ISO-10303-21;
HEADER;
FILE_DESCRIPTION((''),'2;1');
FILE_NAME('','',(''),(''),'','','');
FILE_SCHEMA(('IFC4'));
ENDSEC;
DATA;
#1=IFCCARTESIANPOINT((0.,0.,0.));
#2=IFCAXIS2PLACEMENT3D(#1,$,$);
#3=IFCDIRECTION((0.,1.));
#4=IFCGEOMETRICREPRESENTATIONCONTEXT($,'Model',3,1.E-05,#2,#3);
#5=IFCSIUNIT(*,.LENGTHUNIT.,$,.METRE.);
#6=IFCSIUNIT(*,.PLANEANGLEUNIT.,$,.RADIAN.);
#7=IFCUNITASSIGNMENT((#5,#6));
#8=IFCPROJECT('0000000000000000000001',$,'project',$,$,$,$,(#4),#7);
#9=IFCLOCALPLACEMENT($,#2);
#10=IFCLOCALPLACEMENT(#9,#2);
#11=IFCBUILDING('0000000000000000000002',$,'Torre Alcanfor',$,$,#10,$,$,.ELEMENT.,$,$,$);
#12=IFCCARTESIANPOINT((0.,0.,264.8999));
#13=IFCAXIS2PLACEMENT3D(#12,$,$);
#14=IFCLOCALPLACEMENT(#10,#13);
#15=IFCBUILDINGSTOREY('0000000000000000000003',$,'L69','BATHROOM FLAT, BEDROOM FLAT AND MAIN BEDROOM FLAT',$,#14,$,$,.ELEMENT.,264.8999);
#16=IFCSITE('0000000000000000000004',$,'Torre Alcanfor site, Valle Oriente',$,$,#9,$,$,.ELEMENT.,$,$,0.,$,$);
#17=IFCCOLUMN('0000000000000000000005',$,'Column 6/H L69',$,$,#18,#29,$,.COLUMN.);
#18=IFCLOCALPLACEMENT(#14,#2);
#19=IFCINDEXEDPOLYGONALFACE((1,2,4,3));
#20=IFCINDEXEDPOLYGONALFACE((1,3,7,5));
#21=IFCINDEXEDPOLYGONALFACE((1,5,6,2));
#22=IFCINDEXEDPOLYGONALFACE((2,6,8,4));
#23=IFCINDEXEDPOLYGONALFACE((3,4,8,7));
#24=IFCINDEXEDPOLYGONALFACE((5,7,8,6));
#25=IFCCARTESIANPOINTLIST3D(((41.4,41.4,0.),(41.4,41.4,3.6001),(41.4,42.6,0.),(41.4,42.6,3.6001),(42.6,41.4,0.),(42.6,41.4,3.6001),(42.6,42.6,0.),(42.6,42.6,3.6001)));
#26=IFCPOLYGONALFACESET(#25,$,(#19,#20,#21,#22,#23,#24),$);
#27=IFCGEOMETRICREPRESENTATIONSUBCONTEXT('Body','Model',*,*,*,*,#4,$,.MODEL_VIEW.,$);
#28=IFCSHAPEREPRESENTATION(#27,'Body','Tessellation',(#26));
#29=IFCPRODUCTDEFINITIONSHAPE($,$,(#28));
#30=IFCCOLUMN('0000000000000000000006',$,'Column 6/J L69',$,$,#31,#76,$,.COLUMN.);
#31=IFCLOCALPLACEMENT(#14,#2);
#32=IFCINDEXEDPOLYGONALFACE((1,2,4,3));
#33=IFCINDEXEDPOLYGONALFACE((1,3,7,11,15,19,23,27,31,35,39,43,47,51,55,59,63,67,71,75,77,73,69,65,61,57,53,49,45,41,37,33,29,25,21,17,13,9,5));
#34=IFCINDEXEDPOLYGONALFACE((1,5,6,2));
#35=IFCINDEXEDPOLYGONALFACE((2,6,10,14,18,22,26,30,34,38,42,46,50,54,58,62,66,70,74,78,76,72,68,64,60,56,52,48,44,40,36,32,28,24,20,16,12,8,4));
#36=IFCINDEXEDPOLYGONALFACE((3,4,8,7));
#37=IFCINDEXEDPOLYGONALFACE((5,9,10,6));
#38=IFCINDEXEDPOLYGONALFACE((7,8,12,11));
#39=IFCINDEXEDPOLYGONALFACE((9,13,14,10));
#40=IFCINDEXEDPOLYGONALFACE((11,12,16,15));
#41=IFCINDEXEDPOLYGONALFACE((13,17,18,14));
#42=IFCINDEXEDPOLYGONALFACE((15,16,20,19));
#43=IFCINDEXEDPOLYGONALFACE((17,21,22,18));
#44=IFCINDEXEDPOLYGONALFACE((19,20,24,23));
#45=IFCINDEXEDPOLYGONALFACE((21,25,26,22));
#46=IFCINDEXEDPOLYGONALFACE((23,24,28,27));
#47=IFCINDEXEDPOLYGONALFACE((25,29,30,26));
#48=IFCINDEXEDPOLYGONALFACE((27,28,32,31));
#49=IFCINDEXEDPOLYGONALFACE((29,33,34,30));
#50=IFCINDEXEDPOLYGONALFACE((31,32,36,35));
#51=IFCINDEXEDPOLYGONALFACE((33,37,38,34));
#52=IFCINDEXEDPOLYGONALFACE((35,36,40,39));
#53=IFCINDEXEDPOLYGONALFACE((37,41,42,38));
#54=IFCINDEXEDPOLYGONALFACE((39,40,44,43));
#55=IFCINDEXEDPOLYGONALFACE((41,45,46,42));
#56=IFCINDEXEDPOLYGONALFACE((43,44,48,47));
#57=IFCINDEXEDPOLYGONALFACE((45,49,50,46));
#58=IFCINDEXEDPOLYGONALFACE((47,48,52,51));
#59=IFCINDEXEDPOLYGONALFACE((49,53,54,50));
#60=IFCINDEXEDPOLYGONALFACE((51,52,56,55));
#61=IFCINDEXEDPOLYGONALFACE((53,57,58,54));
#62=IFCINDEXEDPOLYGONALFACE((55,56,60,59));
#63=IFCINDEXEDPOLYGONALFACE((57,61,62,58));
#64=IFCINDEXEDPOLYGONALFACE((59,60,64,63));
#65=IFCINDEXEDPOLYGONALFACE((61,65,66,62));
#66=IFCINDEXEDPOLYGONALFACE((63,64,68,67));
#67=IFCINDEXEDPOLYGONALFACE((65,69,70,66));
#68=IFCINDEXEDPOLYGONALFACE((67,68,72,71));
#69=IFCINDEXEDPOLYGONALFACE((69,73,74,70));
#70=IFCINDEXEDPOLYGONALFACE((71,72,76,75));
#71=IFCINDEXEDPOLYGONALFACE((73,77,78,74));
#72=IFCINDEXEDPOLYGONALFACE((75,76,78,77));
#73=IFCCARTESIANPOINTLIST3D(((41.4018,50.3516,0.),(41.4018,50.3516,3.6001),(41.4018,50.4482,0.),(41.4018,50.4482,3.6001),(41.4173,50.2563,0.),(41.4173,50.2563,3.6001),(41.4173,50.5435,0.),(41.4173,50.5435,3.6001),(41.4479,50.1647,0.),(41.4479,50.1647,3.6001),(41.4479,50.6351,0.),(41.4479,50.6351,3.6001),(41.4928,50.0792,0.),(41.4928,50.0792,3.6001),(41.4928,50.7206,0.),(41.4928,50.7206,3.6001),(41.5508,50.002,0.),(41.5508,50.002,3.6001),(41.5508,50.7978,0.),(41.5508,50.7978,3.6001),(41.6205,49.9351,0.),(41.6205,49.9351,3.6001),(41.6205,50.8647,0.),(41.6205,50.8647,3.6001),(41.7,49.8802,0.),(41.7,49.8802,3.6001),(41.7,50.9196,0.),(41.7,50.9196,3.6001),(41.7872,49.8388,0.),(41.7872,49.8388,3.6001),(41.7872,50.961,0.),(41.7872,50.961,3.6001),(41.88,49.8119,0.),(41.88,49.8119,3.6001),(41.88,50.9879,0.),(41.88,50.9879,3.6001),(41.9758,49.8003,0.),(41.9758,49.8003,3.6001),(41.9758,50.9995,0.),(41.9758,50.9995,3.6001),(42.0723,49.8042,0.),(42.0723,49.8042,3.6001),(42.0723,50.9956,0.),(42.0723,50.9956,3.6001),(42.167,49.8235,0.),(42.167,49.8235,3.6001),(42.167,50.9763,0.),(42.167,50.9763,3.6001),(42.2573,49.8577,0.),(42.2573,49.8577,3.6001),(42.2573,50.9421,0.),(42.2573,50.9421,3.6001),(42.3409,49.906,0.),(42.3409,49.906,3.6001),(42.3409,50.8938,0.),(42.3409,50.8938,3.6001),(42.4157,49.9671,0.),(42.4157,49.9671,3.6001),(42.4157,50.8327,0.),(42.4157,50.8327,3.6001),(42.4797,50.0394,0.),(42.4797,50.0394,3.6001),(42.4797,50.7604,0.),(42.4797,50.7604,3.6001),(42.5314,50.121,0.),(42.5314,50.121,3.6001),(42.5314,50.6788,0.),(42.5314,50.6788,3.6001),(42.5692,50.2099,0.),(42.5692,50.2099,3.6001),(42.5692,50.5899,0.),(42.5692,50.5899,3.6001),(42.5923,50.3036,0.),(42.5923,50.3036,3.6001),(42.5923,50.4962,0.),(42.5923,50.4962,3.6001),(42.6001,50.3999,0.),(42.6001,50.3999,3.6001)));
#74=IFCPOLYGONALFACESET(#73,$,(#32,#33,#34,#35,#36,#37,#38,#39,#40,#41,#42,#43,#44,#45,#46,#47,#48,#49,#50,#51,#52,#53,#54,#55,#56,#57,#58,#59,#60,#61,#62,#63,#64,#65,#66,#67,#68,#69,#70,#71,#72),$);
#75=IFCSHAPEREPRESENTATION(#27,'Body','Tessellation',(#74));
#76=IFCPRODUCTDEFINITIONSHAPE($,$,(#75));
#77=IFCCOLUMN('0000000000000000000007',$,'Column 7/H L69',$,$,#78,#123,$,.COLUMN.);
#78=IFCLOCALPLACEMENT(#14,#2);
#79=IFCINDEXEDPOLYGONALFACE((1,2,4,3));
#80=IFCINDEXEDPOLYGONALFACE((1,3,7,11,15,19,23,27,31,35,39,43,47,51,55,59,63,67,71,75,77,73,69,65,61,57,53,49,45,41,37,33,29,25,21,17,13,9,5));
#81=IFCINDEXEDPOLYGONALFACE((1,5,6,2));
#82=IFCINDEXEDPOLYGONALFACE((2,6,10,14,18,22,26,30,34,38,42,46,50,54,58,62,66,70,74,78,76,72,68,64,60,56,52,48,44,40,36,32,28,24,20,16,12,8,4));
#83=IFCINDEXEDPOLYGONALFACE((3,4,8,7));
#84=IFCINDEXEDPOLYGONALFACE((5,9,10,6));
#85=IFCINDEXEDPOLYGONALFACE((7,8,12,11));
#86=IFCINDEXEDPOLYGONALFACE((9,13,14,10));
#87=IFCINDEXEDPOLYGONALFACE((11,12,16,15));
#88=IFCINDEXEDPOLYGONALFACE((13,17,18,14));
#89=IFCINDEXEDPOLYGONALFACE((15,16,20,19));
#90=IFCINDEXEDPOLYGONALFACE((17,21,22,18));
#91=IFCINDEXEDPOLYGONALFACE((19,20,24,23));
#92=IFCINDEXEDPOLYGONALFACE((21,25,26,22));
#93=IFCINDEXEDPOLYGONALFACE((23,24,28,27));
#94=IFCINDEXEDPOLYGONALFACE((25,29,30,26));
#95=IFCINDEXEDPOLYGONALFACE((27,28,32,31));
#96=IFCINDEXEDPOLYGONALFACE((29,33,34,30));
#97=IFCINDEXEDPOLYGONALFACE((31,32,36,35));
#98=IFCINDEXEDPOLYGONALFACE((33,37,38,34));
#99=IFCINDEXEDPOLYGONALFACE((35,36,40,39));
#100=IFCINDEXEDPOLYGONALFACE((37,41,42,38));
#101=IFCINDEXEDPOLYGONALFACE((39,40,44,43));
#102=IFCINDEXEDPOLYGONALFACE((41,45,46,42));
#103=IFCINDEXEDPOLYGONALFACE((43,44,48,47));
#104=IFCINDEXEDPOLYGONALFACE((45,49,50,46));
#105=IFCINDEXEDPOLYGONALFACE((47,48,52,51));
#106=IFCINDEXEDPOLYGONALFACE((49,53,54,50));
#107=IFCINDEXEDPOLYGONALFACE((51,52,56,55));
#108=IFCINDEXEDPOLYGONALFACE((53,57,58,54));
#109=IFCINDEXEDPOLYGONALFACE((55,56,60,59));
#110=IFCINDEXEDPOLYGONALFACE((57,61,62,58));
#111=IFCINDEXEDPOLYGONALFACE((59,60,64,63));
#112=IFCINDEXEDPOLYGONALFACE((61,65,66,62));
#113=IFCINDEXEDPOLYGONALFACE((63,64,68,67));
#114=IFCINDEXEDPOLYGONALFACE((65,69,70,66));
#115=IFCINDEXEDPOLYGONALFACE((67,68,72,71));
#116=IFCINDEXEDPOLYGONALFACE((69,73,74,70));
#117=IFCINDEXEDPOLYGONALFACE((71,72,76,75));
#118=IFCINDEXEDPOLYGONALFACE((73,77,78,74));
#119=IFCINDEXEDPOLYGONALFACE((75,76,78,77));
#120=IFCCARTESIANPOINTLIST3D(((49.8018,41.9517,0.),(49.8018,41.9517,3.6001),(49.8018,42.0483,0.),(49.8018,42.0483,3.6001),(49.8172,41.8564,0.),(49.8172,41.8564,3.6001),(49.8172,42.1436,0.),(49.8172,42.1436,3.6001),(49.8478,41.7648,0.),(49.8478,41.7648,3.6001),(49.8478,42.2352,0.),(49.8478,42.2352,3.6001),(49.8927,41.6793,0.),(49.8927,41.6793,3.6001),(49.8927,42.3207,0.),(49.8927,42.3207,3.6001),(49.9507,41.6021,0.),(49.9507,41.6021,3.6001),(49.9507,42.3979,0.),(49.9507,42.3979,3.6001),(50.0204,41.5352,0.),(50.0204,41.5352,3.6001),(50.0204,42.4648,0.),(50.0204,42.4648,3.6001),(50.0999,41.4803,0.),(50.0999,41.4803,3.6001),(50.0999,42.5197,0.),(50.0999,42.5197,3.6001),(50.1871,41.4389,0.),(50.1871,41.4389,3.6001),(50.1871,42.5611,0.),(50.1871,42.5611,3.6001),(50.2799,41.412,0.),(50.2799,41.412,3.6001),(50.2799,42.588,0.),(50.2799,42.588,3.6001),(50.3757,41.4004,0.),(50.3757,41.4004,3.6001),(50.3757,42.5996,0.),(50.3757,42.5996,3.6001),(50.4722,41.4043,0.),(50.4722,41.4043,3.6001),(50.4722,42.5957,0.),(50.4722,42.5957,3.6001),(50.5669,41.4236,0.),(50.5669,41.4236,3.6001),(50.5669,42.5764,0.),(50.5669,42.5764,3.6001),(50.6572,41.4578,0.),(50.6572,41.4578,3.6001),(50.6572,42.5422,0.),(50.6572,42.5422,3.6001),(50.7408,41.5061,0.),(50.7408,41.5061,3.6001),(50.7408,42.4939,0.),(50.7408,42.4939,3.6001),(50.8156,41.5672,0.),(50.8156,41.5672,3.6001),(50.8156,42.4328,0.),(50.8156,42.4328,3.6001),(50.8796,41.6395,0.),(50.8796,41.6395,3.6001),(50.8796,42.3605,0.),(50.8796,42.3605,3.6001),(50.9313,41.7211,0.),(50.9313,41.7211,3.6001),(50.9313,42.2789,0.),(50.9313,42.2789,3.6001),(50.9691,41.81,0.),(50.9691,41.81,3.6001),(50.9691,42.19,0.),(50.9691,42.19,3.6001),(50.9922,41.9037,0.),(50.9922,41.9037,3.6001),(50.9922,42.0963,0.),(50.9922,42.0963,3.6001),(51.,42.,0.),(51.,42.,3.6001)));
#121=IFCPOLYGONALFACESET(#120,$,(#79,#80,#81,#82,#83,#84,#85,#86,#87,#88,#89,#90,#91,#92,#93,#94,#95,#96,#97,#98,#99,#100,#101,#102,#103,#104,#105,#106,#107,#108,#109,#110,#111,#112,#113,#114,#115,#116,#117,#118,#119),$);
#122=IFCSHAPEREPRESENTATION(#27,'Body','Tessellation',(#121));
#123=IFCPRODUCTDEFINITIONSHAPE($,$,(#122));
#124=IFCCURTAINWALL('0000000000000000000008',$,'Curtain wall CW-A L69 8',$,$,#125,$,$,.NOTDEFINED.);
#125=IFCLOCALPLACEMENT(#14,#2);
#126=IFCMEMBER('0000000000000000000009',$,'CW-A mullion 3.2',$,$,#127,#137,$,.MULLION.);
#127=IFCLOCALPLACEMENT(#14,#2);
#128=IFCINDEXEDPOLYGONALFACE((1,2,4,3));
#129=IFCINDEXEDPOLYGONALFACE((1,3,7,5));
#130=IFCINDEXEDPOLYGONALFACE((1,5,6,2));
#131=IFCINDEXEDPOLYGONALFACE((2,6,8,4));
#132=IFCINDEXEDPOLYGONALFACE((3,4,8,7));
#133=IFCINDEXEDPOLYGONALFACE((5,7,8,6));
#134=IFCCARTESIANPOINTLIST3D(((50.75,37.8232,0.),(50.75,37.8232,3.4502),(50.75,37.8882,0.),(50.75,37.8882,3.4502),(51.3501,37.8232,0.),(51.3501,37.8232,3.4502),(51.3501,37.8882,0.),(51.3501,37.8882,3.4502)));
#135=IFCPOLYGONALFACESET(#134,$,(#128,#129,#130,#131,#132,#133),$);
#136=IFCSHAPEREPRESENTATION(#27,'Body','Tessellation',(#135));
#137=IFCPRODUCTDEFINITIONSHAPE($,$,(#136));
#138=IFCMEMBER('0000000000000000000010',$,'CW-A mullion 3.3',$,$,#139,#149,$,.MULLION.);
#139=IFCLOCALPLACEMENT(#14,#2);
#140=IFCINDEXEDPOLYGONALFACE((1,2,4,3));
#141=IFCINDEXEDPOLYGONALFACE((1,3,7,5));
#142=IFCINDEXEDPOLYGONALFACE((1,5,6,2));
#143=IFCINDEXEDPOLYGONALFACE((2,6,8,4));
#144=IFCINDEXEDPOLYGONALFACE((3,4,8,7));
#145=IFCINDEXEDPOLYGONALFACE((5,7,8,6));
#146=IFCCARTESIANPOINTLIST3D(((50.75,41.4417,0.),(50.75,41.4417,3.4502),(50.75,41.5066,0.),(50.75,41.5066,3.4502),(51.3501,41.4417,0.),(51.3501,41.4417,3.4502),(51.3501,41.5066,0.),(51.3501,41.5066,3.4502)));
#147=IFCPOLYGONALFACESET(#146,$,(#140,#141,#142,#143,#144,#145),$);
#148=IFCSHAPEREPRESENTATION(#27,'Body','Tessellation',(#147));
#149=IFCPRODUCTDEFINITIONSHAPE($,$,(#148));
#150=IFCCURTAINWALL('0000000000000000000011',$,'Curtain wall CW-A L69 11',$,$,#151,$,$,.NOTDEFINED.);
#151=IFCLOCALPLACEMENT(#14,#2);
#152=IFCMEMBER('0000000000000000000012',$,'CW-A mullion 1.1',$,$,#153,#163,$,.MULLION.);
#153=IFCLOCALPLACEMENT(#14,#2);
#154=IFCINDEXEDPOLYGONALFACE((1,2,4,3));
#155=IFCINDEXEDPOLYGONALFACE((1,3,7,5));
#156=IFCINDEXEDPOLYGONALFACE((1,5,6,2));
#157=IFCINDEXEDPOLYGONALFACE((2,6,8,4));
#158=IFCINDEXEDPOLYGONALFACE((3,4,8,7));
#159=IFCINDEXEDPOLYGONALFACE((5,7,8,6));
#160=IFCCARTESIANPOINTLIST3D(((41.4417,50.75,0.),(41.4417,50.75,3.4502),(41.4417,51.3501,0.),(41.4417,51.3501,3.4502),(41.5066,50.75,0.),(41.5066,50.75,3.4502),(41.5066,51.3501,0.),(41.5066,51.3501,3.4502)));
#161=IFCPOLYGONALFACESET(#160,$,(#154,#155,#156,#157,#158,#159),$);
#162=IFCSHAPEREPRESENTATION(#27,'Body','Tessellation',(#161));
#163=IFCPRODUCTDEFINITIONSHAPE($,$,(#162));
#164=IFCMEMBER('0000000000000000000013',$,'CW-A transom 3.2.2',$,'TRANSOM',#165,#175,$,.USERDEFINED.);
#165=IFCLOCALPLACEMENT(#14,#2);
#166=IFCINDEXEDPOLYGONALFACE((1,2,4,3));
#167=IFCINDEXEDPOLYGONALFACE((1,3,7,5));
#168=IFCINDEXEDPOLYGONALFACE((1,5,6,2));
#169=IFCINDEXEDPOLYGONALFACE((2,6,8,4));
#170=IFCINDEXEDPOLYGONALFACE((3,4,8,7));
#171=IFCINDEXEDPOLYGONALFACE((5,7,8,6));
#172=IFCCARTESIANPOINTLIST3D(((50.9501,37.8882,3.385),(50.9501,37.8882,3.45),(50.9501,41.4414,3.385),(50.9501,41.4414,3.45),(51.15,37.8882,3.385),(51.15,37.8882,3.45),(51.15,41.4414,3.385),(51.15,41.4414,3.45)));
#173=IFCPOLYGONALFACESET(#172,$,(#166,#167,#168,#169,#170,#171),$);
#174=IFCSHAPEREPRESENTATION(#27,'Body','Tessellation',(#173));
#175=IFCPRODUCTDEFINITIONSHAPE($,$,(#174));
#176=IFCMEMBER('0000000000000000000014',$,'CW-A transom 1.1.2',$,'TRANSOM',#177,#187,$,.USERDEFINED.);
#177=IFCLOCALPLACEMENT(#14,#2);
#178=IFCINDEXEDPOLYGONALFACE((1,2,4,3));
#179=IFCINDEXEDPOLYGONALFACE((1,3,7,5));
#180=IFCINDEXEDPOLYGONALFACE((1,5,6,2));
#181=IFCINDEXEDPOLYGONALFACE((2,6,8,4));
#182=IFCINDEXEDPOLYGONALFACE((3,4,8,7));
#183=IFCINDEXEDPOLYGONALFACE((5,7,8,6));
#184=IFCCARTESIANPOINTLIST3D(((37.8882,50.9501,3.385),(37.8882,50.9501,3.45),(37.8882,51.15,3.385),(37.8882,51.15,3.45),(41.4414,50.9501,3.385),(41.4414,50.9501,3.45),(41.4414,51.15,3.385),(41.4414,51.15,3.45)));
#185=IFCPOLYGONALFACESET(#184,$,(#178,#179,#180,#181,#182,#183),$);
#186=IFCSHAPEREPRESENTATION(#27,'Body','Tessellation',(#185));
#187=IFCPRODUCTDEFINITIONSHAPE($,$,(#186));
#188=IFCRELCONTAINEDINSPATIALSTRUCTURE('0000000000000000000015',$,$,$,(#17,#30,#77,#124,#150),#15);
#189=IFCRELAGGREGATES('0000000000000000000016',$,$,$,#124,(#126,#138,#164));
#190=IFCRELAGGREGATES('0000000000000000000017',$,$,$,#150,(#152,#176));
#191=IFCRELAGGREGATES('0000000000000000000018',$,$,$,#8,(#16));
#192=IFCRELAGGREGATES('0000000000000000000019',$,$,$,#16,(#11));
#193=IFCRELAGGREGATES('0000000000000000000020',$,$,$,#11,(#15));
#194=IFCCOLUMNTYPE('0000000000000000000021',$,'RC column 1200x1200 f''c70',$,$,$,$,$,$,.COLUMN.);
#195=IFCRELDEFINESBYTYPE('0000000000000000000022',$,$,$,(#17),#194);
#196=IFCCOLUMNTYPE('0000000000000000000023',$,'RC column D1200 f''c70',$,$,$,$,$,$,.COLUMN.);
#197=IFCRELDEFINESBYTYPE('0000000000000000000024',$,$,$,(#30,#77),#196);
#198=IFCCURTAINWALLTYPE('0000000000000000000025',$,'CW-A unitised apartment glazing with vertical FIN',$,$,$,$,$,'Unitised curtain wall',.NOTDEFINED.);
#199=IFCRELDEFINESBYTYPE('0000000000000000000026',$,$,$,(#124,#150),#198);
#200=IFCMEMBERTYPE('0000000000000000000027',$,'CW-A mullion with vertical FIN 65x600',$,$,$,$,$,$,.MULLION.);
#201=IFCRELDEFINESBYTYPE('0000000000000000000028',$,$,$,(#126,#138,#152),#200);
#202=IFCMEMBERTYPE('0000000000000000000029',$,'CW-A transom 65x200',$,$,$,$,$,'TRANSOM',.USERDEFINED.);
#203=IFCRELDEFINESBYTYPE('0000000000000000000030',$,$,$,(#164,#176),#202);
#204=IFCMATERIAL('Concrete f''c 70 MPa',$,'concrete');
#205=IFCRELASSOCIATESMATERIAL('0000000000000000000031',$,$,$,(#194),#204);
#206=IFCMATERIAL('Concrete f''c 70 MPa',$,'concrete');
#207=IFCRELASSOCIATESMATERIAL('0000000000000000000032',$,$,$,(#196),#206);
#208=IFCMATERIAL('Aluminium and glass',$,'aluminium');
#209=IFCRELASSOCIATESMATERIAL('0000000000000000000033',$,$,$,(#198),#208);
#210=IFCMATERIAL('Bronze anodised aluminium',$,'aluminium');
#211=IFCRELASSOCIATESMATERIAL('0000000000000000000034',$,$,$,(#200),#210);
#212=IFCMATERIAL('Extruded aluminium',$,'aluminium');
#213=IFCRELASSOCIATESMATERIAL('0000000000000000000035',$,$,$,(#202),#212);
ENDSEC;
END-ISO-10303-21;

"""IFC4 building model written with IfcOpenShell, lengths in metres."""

from ifc_helpers import new_model, si_unit, direction, frame, origin, origin_2d, place, context, subcontext, project, spatial, rectangle, circle, extrude, material, material_profile, profile_set, type_object, element, aggregate, save


model = new_model("IFC4")

# Units and contexts
model_context = context("Model", 3, precision=1e-05, world=origin(), true_north=direction((0.0, 1.0)))
body_context = subcontext(model_context, "Body", "Model", "MODEL_VIEW")
ifc_project = project(units=[si_unit("LENGTHUNIT", "METRE"), si_unit("PLANEANGLEUNIT", "RADIAN")], contexts=[model_context])

# Site, building, storey
site_placement = place(None, origin())
site = spatial("IfcSite", under=ifc_project, at=site_placement, Name="Torre Alcanfor site, Valle Oriente", CompositionType="ELEMENT", RefElevation=0.0)
building_placement = place(site_placement, origin())
building = spatial("IfcBuilding", under=site, at=building_placement, Name="Torre Alcanfor", CompositionType="ELEMENT")
storey_placement = place(building_placement, frame((0.0, 0.0, 264.8999)))
storey = spatial("IfcBuildingStorey", under=building, at=storey_placement, Name="L69", Description="BATHROOM FLAT, BEDROOM FLAT AND MAIN BEDROOM FLAT", CompositionType="ELEMENT", Elevation=264.8999)

# Columns
ifc_material_1 = material(Name="Concrete f'c 70 MPa", Category="concrete")
ifc_material_profile_1 = material_profile(ifc_material_1, rectangle(XDim=1.2, YDim=1.2, at=origin_2d()), Name="1200x1200")
ifc_profile_set_1 = profile_set([ifc_material_profile_1], Name="Concrete f'c 70 MPa")
column_type_1 = type_object("IfcColumnType", Name="RC column 1200x1200 f'c70", PredefinedType="COLUMN", material=ifc_profile_set_1)
column_placement = place(storey_placement, frame((42.0, 42.0, 0.0), z_axis=(0.0, 0.0, 1.0), x_axis=(1.0, 0.0, 0.0)))
element("IfcColumn", 1, at=column_placement, inside=storey, type_object=column_type_1, Name="Column 6/H L69", PredefinedType="COLUMN", context=body_context, shape_type="SweptSolid", body=[
    extrude(rectangle(XDim=1.2, YDim=1.2, at=origin_2d()), origin(), (0.0, 0.0, 1.0), 3.6001),
])
ifc_material_2 = material(Name="Concrete f'c 70 MPa", Category="concrete")
ifc_material_profile_2 = material_profile(ifc_material_2, circle(Radius=0.6001, at=origin_2d()), Name="D1200")
ifc_profile_set_2 = profile_set([ifc_material_profile_2], Name="Concrete f'c 70 MPa")
column_type_2 = type_object("IfcColumnType", Name="RC column D1200 f'c70", PredefinedType="COLUMN", material=ifc_profile_set_2)
for number, where, z_axis, x_axis, name in (
    (2, (42.0, 50.3999, 0.0), (0.0, 0.0, 1.0), (1.0, 0.0, 0.0), "Column 6/J L69"),
    (3, (50.3999, 42.0, 0.0), (0.0, 0.0, 1.0), (1.0, 0.0, 0.0), "Column 7/H L69"),
):
    element("IfcColumn", number, at=place(storey_placement, frame(where, z_axis=z_axis, x_axis=x_axis)), inside=storey, type_object=column_type_2, Name=name, PredefinedType="COLUMN", context=body_context, shape_type="SweptSolid", body=[
        extrude(circle(Radius=0.6001, at=origin_2d()), origin(), (0.0, 0.0, 1.0), 3.6001),
    ])

# Curtain wall, members
ifc_material_3 = material(Name="Aluminium and glass", Category="aluminium")
curtain_wall_type = type_object("IfcCurtainWallType", Name="CW-A unitised apartment glazing with vertical FIN", ElementType="Unitised curtain wall", PredefinedType="NOTDEFINED", material=ifc_material_3)
curtain_wall_1_placement = place(storey_placement, origin())
curtain_wall_1 = element("IfcCurtainWall", 4, at=curtain_wall_1_placement, inside=storey, type_object=curtain_wall_type, Name="Curtain wall CW-A L69 8", PredefinedType="NOTDEFINED")
ifc_material_4 = material(Name="Bronze anodised aluminium", Category="aluminium")
ifc_material_profile_3 = material_profile(ifc_material_4, rectangle(XDim=0.6001, YDim=0.0649, at=origin_2d()), Name="CW-A mullion 65x600")
ifc_profile_set_3 = profile_set([ifc_material_profile_3], Name="Bronze anodised aluminium")
member_type_1 = type_object("IfcMemberType", Name="CW-A mullion with vertical FIN 65x600", PredefinedType="MULLION", material=ifc_profile_set_3)
member_1_placement = place(storey_placement, frame((51.05, 37.8557, 0.0), z_axis=(0.0, 0.0, 1.0), x_axis=(-1.0, 0.0, 0.0)))
member_1 = element("IfcMember", 5, at=member_1_placement, type_object=member_type_1, Name="CW-A mullion 3.2", PredefinedType="MULLION", context=body_context, shape_type="SweptSolid", body=[
    extrude(rectangle(XDim=0.6001, YDim=0.0649, at=origin_2d()), origin(), (0.0, 0.0, 1.0), 3.4502),
])
member_2_placement = place(storey_placement, frame((51.05, 41.4741, 0.0), z_axis=(0.0, 0.0, 1.0), x_axis=(-1.0, 0.0, 0.0)))
member_2 = element("IfcMember", 6, at=member_2_placement, type_object=member_type_1, Name="CW-A mullion 3.3", PredefinedType="MULLION", context=body_context, shape_type="SweptSolid", body=[
    extrude(rectangle(XDim=0.6001, YDim=0.0649, at=origin_2d()), origin(), (0.0, 0.0, 1.0), 3.4502),
])

# Curtain wall, member
curtain_wall_2_placement = place(storey_placement, origin())
curtain_wall_2 = element("IfcCurtainWall", 7, at=curtain_wall_2_placement, inside=storey, type_object=curtain_wall_type, Name="Curtain wall CW-A L69 11", PredefinedType="NOTDEFINED")
member_3_placement = place(storey_placement, frame((41.4741, 51.05, 0.0), z_axis=(0.0, 0.0, 1.0), x_axis=(0.0, -1.0, 0.0)))
member_3 = element("IfcMember", 8, at=member_3_placement, type_object=member_type_1, Name="CW-A mullion 1.1", PredefinedType="MULLION", context=body_context, shape_type="SweptSolid", body=[
    extrude(rectangle(XDim=0.6001, YDim=0.0649, at=origin_2d()), origin(), (0.0, 0.0, 1.0), 3.4502),
])

# Members
ifc_material_5 = material(Name="Extruded aluminium", Category="aluminium")
ifc_material_profile_4 = material_profile(ifc_material_5, rectangle(XDim=0.2, YDim=0.0649, at=origin_2d()), Name="CW-A transom 200x65")
ifc_profile_set_4 = profile_set([ifc_material_profile_4], Name="Extruded aluminium")
member_type_2 = type_object("IfcMemberType", Name="CW-A transom 65x200", ElementType="TRANSOM", PredefinedType="USERDEFINED", material=ifc_profile_set_4)
member_4_placement = place(storey_placement, frame((51.05, 37.8882, 3.4175), z_axis=(0.0, 1.0, 0.0), x_axis=(-1.0, 0.0, 0.0)))
member_4 = element("IfcMember", 9, at=member_4_placement, type_object=member_type_2, Name="CW-A transom 3.2.2", ObjectType="TRANSOM", PredefinedType="USERDEFINED", context=body_context, shape_type="SweptSolid", body=[
    extrude(rectangle(XDim=0.2, YDim=0.0649, at=origin_2d()), origin(), (0.0, 0.0, 1.0), 3.5532),
])
member_5_placement = place(storey_placement, frame((41.4414, 51.05, 3.4175), z_axis=(-1.0, 0.0, 0.0), x_axis=(0.0, -1.0, 0.0)))
member_5 = element("IfcMember", 10, at=member_5_placement, type_object=member_type_2, Name="CW-A transom 1.1.2", ObjectType="TRANSOM", PredefinedType="USERDEFINED", context=body_context, shape_type="SweptSolid", body=[
    extrude(rectangle(XDim=0.2, YDim=0.0649, at=origin_2d()), origin(), (0.0, 0.0, 1.0), 3.5532),
])

aggregate(curtain_wall_1, [member_1, member_2, member_4])
aggregate(curtain_wall_2, [member_3, member_5])

save(model, "model.ifc")
